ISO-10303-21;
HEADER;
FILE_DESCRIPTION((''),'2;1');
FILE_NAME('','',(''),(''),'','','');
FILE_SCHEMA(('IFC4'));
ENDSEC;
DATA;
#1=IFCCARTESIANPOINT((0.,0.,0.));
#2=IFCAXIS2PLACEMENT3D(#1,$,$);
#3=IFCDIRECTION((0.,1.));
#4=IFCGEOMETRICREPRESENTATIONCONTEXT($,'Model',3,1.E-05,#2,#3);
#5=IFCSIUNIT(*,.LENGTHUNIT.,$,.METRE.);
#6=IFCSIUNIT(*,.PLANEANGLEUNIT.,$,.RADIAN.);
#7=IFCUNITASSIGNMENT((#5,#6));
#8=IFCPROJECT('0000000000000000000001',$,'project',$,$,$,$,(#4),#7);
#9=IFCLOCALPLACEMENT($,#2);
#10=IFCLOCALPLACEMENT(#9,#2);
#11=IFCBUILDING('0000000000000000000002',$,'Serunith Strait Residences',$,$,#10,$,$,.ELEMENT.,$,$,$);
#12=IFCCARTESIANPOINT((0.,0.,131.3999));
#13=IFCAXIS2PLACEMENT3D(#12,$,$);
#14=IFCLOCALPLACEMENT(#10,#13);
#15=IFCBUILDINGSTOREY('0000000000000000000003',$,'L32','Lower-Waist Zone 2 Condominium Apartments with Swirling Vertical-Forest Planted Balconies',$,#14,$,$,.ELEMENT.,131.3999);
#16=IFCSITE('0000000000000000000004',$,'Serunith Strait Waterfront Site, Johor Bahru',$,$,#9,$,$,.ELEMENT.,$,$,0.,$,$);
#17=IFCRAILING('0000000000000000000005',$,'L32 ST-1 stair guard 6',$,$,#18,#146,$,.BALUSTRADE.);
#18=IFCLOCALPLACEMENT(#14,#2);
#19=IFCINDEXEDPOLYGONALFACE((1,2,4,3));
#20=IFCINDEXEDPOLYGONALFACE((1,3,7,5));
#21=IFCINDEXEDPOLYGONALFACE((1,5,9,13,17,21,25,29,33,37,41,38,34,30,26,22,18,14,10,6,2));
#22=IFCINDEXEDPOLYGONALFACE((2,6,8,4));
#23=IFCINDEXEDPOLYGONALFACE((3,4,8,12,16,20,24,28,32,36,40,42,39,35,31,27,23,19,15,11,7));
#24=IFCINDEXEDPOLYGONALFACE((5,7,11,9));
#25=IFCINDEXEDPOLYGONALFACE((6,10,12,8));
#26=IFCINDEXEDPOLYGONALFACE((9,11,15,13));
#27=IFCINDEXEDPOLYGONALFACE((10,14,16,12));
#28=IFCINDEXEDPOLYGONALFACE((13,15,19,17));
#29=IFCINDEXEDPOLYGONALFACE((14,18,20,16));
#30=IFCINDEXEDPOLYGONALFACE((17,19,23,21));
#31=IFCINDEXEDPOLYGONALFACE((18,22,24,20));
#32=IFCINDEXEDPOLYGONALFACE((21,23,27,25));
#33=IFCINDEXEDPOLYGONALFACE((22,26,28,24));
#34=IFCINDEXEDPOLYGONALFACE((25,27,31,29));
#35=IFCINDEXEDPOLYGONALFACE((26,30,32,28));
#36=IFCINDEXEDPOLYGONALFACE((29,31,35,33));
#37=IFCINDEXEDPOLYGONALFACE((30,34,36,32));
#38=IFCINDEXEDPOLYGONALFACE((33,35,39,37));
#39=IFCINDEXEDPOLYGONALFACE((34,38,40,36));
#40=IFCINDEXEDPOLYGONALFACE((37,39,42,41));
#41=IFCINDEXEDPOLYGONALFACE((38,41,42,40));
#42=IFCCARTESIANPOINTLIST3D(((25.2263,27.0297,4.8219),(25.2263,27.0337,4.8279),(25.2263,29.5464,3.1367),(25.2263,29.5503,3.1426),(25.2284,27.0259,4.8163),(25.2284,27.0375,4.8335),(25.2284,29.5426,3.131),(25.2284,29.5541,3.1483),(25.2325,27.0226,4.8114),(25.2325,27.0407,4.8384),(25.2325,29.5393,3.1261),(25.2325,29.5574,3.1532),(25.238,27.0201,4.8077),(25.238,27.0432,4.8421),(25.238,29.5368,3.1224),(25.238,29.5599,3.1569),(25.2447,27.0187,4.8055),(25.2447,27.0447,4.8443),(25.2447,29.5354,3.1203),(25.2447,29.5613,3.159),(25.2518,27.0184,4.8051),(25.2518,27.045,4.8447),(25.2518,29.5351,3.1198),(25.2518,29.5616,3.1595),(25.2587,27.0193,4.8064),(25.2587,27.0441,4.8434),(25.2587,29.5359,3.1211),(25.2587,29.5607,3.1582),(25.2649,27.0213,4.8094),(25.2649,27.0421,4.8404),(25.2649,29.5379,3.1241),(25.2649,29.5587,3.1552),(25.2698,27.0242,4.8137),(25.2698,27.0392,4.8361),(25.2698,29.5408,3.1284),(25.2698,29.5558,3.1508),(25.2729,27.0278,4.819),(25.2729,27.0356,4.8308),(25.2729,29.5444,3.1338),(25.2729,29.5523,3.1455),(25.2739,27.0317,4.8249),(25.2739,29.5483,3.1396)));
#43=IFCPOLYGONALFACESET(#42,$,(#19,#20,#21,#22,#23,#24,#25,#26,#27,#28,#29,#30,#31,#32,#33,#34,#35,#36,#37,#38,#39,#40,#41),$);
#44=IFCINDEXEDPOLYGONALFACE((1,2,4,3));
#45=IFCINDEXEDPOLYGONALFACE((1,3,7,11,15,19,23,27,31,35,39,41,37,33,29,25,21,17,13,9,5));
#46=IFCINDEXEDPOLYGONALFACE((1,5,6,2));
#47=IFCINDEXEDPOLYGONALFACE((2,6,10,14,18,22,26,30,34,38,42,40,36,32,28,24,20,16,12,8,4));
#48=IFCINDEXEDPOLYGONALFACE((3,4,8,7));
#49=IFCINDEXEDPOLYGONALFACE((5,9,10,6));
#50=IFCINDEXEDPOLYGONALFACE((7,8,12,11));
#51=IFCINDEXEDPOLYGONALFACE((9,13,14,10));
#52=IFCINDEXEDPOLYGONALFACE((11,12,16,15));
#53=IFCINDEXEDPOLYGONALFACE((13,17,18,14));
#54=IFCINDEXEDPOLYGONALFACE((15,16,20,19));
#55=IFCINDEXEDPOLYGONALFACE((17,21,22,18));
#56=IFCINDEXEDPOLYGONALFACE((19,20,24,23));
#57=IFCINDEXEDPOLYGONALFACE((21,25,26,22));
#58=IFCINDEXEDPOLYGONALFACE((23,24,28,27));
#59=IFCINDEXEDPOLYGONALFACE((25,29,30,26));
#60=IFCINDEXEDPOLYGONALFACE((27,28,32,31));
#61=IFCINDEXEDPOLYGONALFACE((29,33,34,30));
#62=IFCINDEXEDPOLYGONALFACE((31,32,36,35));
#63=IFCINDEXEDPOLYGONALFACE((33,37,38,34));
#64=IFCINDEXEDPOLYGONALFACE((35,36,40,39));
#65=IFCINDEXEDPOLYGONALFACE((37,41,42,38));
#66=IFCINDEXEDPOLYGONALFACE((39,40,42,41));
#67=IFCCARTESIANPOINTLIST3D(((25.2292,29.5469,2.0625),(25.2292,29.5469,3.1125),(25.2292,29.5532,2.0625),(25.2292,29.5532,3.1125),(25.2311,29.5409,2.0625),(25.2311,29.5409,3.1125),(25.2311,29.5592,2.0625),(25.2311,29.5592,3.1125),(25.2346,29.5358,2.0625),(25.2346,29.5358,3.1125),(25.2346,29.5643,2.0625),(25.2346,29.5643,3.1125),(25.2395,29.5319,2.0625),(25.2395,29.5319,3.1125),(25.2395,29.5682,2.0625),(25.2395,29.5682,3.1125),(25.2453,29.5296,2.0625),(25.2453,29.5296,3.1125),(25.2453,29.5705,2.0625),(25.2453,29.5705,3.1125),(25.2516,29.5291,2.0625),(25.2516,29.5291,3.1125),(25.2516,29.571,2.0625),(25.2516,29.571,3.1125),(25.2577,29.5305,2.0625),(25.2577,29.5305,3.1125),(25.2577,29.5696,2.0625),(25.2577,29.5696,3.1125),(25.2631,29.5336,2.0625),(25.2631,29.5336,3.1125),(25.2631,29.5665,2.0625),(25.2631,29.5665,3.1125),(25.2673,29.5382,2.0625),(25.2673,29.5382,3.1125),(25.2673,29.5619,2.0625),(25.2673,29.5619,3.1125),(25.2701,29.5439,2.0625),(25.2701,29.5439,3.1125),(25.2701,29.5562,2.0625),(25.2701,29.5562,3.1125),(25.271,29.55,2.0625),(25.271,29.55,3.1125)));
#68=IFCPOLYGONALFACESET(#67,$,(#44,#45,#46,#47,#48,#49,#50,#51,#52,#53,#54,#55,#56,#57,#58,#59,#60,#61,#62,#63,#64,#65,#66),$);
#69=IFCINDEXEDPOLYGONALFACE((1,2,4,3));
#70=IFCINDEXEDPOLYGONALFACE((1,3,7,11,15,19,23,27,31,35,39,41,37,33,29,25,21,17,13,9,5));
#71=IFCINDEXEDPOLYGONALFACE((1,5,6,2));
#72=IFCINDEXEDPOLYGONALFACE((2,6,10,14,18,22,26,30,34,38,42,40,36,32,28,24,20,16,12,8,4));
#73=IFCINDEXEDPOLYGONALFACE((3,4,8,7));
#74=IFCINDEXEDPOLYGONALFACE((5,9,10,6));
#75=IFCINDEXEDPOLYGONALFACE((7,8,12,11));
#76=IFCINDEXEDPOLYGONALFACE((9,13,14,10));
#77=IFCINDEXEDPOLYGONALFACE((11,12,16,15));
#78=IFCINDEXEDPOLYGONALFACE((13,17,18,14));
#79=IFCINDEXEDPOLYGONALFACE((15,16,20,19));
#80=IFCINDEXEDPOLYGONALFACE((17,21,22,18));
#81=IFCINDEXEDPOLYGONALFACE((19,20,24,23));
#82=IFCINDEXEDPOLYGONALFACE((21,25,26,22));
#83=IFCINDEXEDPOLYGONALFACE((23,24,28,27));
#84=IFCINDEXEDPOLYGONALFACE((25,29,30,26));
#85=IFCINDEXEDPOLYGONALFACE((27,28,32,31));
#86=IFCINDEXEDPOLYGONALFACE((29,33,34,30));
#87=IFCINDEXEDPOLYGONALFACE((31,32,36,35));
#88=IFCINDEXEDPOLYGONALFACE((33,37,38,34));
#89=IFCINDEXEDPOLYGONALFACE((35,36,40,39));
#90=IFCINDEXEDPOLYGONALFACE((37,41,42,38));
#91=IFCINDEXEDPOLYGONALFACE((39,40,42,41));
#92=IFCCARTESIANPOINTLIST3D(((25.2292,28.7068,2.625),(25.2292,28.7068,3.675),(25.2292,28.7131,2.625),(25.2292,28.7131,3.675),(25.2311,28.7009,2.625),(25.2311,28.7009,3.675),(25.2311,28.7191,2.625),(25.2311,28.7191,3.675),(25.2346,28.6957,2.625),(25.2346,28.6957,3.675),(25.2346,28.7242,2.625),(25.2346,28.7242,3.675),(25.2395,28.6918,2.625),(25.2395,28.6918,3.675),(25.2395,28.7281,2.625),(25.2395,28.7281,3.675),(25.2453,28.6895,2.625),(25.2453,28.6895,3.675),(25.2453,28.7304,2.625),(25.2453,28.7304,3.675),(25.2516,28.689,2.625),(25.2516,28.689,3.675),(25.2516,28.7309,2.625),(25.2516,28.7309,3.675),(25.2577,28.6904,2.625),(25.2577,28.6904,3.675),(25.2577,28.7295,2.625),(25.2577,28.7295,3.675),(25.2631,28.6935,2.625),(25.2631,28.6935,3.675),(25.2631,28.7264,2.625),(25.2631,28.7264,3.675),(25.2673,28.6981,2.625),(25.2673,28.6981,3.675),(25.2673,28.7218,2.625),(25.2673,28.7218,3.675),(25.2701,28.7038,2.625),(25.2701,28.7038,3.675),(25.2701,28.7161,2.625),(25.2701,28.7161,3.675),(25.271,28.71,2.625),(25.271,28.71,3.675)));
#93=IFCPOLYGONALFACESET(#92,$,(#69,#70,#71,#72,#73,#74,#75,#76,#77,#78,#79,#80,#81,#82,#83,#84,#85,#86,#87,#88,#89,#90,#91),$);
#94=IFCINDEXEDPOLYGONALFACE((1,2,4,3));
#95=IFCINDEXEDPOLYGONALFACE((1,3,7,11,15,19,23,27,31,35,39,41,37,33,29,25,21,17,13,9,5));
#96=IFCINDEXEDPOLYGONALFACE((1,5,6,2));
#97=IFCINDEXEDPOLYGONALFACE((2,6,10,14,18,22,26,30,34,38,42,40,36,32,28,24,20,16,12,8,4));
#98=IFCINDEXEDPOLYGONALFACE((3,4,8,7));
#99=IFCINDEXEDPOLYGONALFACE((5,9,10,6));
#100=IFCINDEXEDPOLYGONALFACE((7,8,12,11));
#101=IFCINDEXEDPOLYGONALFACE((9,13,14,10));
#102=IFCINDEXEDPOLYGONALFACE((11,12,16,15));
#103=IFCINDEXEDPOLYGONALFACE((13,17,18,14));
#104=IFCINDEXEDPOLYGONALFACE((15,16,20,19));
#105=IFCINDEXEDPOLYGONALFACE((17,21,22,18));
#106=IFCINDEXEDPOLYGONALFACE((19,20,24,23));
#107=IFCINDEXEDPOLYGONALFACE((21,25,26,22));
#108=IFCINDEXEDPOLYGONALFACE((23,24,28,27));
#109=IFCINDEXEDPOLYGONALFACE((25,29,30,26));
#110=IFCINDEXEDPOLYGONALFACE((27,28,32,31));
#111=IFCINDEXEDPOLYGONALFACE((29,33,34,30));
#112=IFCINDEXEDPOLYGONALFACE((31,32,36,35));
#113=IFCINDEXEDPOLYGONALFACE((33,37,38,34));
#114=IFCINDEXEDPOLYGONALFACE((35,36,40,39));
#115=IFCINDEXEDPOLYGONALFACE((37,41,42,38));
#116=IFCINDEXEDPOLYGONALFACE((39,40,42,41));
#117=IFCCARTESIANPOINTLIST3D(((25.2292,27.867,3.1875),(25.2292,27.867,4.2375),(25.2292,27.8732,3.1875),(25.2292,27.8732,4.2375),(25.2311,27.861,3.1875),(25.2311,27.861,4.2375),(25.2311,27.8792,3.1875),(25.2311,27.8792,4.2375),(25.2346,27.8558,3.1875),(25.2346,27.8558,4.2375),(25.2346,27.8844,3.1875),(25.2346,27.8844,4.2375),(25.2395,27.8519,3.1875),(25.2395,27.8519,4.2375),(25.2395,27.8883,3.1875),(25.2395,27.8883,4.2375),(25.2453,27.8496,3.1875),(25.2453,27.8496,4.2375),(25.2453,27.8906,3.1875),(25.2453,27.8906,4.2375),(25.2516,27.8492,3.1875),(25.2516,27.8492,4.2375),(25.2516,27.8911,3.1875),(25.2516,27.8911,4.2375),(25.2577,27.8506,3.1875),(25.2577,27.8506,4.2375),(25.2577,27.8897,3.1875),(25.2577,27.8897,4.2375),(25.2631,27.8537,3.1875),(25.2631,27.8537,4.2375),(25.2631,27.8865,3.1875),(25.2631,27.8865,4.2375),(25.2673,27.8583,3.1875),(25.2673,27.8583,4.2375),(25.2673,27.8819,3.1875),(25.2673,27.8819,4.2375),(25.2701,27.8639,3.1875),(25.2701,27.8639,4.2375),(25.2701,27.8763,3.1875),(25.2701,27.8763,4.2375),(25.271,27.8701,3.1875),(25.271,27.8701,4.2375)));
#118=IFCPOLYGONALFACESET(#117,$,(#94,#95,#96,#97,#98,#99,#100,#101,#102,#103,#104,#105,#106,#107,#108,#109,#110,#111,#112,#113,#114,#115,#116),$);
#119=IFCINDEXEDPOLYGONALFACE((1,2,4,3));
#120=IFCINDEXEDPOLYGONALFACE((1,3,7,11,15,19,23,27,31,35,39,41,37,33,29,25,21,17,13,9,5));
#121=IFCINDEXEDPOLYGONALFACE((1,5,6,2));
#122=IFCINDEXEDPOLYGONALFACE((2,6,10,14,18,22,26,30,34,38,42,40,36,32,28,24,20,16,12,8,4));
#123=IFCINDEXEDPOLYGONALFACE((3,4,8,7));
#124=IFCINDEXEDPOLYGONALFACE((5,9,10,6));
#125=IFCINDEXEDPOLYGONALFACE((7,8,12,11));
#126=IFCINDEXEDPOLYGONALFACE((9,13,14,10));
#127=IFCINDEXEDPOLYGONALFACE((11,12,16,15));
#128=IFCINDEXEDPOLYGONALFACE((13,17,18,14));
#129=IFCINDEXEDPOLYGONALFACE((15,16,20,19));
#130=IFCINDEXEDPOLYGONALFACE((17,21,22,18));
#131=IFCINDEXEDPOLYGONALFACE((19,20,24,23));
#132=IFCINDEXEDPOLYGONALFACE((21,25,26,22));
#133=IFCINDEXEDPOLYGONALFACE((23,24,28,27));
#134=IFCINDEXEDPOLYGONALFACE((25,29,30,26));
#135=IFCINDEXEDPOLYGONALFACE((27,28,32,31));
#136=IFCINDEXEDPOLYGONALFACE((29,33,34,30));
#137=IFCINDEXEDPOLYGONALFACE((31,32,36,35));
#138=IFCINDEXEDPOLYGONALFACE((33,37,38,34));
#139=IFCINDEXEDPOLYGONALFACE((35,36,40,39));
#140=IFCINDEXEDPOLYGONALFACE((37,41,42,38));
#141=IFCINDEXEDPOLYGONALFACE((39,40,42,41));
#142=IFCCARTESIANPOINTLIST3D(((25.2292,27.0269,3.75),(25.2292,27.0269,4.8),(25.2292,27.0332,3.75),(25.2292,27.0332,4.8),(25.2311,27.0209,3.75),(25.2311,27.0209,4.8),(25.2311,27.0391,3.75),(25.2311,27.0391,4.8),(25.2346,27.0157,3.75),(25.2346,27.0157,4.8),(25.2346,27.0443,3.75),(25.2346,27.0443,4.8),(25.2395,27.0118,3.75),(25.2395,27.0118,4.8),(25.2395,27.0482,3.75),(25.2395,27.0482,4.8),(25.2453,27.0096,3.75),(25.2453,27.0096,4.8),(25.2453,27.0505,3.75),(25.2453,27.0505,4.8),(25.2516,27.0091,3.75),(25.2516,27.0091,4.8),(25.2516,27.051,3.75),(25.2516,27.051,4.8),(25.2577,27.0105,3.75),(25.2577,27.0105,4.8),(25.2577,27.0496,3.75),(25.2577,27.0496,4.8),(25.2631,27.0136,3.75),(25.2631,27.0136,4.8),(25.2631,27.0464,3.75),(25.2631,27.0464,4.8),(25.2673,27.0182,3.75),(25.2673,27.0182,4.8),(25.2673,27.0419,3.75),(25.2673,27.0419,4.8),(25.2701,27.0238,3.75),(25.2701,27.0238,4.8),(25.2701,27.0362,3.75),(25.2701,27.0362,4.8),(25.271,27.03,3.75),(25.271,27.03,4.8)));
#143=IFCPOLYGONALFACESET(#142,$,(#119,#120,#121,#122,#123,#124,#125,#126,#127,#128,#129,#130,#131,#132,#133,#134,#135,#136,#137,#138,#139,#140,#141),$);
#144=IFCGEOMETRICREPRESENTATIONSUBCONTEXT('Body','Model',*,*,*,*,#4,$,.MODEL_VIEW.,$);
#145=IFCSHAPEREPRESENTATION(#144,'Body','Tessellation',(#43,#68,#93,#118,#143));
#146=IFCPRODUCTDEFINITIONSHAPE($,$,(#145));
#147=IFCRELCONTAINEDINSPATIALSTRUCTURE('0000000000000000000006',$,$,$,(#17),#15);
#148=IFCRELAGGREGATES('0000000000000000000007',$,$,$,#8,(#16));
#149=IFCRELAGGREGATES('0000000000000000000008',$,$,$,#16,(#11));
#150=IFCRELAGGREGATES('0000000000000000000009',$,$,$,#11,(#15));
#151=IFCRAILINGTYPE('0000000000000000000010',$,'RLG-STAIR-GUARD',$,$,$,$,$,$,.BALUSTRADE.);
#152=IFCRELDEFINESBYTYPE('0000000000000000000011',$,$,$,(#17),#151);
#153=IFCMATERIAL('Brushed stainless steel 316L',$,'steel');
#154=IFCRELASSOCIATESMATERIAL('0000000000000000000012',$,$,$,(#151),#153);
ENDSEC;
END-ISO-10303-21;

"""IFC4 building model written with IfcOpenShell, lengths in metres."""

from ifc_helpers import new_model, si_unit, direction, frame, origin, origin_2d, place, context, subcontext, project, spatial, circle, extrude, material, type_object, element, save


model = new_model("IFC4")

# Units and contexts
model_context = context("Model", 3, precision=1e-05, world=origin(), true_north=direction((0.0, 1.0)))
body_context = subcontext(model_context, "Body", "Model", "MODEL_VIEW")
ifc_project = project(units=[si_unit("LENGTHUNIT", "METRE"), si_unit("PLANEANGLEUNIT", "RADIAN")], contexts=[model_context])

# Site, building, storey
site_placement = place(None, origin())
site = spatial("IfcSite", under=ifc_project, at=site_placement, Name="Serunith Strait Waterfront Site, Johor Bahru", CompositionType="ELEMENT", RefElevation=0.0)
building_placement = place(site_placement, origin())
building = spatial("IfcBuilding", under=site, at=building_placement, Name="Serunith Strait Residences", CompositionType="ELEMENT")
storey_placement = place(building_placement, frame((0.0, 0.0, 131.3999)))
storey = spatial("IfcBuildingStorey", under=building, at=storey_placement, Name="L32", Description="Lower-Waist Zone 2 Condominium Apartments with Swirling Vertical-Forest Planted Balconies", CompositionType="ELEMENT", Elevation=131.3999)

# Railing
ifc_material_1 = material(Name="Brushed stainless steel 316L", Category="steel")
railing_type_1 = type_object("IfcRailingType", Name="RLG-STAIR-GUARD", PredefinedType="BALUSTRADE", material=ifc_material_1)
railing_1_placement = place(storey_placement, frame((25.25, 29.55, 2.0625)))
element("IfcRailing", 1, at=railing_1_placement, inside=storey, type_object=railing_type_1, Name="L32 ST-1 stair guard 6", PredefinedType="BALUSTRADE", context=body_context, shape_type="SweptSolid", body=[
    extrude(circle(Radius=0.0239, at=origin_2d()), frame((0.0, -0.0017, 1.0771), z_axis=(0.0, -0.830909, 0.556408), x_axis=(1.0, 0.0, 0.0)), (0.0, 0.0, 1.0), 3.0288),
    extrude(circle(Radius=0.021, at=origin_2d()), origin(), (0.0, 0.0, 1.0), 1.05),
    extrude(circle(Radius=0.021, at=origin_2d()), frame((0.0, -0.8401, 0.5625)), (0.0, 0.0, 1.0), 1.05),
    extrude(circle(Radius=0.021, at=origin_2d()), frame((0.0, -1.6799, 1.125)), (0.0, 0.0, 1.0), 1.05),
    extrude(circle(Radius=0.021, at=origin_2d()), frame((0.0, -2.52, 1.6875)), (0.0, 0.0, 1.0), 1.05),
])

save(model, "model.ifc")
